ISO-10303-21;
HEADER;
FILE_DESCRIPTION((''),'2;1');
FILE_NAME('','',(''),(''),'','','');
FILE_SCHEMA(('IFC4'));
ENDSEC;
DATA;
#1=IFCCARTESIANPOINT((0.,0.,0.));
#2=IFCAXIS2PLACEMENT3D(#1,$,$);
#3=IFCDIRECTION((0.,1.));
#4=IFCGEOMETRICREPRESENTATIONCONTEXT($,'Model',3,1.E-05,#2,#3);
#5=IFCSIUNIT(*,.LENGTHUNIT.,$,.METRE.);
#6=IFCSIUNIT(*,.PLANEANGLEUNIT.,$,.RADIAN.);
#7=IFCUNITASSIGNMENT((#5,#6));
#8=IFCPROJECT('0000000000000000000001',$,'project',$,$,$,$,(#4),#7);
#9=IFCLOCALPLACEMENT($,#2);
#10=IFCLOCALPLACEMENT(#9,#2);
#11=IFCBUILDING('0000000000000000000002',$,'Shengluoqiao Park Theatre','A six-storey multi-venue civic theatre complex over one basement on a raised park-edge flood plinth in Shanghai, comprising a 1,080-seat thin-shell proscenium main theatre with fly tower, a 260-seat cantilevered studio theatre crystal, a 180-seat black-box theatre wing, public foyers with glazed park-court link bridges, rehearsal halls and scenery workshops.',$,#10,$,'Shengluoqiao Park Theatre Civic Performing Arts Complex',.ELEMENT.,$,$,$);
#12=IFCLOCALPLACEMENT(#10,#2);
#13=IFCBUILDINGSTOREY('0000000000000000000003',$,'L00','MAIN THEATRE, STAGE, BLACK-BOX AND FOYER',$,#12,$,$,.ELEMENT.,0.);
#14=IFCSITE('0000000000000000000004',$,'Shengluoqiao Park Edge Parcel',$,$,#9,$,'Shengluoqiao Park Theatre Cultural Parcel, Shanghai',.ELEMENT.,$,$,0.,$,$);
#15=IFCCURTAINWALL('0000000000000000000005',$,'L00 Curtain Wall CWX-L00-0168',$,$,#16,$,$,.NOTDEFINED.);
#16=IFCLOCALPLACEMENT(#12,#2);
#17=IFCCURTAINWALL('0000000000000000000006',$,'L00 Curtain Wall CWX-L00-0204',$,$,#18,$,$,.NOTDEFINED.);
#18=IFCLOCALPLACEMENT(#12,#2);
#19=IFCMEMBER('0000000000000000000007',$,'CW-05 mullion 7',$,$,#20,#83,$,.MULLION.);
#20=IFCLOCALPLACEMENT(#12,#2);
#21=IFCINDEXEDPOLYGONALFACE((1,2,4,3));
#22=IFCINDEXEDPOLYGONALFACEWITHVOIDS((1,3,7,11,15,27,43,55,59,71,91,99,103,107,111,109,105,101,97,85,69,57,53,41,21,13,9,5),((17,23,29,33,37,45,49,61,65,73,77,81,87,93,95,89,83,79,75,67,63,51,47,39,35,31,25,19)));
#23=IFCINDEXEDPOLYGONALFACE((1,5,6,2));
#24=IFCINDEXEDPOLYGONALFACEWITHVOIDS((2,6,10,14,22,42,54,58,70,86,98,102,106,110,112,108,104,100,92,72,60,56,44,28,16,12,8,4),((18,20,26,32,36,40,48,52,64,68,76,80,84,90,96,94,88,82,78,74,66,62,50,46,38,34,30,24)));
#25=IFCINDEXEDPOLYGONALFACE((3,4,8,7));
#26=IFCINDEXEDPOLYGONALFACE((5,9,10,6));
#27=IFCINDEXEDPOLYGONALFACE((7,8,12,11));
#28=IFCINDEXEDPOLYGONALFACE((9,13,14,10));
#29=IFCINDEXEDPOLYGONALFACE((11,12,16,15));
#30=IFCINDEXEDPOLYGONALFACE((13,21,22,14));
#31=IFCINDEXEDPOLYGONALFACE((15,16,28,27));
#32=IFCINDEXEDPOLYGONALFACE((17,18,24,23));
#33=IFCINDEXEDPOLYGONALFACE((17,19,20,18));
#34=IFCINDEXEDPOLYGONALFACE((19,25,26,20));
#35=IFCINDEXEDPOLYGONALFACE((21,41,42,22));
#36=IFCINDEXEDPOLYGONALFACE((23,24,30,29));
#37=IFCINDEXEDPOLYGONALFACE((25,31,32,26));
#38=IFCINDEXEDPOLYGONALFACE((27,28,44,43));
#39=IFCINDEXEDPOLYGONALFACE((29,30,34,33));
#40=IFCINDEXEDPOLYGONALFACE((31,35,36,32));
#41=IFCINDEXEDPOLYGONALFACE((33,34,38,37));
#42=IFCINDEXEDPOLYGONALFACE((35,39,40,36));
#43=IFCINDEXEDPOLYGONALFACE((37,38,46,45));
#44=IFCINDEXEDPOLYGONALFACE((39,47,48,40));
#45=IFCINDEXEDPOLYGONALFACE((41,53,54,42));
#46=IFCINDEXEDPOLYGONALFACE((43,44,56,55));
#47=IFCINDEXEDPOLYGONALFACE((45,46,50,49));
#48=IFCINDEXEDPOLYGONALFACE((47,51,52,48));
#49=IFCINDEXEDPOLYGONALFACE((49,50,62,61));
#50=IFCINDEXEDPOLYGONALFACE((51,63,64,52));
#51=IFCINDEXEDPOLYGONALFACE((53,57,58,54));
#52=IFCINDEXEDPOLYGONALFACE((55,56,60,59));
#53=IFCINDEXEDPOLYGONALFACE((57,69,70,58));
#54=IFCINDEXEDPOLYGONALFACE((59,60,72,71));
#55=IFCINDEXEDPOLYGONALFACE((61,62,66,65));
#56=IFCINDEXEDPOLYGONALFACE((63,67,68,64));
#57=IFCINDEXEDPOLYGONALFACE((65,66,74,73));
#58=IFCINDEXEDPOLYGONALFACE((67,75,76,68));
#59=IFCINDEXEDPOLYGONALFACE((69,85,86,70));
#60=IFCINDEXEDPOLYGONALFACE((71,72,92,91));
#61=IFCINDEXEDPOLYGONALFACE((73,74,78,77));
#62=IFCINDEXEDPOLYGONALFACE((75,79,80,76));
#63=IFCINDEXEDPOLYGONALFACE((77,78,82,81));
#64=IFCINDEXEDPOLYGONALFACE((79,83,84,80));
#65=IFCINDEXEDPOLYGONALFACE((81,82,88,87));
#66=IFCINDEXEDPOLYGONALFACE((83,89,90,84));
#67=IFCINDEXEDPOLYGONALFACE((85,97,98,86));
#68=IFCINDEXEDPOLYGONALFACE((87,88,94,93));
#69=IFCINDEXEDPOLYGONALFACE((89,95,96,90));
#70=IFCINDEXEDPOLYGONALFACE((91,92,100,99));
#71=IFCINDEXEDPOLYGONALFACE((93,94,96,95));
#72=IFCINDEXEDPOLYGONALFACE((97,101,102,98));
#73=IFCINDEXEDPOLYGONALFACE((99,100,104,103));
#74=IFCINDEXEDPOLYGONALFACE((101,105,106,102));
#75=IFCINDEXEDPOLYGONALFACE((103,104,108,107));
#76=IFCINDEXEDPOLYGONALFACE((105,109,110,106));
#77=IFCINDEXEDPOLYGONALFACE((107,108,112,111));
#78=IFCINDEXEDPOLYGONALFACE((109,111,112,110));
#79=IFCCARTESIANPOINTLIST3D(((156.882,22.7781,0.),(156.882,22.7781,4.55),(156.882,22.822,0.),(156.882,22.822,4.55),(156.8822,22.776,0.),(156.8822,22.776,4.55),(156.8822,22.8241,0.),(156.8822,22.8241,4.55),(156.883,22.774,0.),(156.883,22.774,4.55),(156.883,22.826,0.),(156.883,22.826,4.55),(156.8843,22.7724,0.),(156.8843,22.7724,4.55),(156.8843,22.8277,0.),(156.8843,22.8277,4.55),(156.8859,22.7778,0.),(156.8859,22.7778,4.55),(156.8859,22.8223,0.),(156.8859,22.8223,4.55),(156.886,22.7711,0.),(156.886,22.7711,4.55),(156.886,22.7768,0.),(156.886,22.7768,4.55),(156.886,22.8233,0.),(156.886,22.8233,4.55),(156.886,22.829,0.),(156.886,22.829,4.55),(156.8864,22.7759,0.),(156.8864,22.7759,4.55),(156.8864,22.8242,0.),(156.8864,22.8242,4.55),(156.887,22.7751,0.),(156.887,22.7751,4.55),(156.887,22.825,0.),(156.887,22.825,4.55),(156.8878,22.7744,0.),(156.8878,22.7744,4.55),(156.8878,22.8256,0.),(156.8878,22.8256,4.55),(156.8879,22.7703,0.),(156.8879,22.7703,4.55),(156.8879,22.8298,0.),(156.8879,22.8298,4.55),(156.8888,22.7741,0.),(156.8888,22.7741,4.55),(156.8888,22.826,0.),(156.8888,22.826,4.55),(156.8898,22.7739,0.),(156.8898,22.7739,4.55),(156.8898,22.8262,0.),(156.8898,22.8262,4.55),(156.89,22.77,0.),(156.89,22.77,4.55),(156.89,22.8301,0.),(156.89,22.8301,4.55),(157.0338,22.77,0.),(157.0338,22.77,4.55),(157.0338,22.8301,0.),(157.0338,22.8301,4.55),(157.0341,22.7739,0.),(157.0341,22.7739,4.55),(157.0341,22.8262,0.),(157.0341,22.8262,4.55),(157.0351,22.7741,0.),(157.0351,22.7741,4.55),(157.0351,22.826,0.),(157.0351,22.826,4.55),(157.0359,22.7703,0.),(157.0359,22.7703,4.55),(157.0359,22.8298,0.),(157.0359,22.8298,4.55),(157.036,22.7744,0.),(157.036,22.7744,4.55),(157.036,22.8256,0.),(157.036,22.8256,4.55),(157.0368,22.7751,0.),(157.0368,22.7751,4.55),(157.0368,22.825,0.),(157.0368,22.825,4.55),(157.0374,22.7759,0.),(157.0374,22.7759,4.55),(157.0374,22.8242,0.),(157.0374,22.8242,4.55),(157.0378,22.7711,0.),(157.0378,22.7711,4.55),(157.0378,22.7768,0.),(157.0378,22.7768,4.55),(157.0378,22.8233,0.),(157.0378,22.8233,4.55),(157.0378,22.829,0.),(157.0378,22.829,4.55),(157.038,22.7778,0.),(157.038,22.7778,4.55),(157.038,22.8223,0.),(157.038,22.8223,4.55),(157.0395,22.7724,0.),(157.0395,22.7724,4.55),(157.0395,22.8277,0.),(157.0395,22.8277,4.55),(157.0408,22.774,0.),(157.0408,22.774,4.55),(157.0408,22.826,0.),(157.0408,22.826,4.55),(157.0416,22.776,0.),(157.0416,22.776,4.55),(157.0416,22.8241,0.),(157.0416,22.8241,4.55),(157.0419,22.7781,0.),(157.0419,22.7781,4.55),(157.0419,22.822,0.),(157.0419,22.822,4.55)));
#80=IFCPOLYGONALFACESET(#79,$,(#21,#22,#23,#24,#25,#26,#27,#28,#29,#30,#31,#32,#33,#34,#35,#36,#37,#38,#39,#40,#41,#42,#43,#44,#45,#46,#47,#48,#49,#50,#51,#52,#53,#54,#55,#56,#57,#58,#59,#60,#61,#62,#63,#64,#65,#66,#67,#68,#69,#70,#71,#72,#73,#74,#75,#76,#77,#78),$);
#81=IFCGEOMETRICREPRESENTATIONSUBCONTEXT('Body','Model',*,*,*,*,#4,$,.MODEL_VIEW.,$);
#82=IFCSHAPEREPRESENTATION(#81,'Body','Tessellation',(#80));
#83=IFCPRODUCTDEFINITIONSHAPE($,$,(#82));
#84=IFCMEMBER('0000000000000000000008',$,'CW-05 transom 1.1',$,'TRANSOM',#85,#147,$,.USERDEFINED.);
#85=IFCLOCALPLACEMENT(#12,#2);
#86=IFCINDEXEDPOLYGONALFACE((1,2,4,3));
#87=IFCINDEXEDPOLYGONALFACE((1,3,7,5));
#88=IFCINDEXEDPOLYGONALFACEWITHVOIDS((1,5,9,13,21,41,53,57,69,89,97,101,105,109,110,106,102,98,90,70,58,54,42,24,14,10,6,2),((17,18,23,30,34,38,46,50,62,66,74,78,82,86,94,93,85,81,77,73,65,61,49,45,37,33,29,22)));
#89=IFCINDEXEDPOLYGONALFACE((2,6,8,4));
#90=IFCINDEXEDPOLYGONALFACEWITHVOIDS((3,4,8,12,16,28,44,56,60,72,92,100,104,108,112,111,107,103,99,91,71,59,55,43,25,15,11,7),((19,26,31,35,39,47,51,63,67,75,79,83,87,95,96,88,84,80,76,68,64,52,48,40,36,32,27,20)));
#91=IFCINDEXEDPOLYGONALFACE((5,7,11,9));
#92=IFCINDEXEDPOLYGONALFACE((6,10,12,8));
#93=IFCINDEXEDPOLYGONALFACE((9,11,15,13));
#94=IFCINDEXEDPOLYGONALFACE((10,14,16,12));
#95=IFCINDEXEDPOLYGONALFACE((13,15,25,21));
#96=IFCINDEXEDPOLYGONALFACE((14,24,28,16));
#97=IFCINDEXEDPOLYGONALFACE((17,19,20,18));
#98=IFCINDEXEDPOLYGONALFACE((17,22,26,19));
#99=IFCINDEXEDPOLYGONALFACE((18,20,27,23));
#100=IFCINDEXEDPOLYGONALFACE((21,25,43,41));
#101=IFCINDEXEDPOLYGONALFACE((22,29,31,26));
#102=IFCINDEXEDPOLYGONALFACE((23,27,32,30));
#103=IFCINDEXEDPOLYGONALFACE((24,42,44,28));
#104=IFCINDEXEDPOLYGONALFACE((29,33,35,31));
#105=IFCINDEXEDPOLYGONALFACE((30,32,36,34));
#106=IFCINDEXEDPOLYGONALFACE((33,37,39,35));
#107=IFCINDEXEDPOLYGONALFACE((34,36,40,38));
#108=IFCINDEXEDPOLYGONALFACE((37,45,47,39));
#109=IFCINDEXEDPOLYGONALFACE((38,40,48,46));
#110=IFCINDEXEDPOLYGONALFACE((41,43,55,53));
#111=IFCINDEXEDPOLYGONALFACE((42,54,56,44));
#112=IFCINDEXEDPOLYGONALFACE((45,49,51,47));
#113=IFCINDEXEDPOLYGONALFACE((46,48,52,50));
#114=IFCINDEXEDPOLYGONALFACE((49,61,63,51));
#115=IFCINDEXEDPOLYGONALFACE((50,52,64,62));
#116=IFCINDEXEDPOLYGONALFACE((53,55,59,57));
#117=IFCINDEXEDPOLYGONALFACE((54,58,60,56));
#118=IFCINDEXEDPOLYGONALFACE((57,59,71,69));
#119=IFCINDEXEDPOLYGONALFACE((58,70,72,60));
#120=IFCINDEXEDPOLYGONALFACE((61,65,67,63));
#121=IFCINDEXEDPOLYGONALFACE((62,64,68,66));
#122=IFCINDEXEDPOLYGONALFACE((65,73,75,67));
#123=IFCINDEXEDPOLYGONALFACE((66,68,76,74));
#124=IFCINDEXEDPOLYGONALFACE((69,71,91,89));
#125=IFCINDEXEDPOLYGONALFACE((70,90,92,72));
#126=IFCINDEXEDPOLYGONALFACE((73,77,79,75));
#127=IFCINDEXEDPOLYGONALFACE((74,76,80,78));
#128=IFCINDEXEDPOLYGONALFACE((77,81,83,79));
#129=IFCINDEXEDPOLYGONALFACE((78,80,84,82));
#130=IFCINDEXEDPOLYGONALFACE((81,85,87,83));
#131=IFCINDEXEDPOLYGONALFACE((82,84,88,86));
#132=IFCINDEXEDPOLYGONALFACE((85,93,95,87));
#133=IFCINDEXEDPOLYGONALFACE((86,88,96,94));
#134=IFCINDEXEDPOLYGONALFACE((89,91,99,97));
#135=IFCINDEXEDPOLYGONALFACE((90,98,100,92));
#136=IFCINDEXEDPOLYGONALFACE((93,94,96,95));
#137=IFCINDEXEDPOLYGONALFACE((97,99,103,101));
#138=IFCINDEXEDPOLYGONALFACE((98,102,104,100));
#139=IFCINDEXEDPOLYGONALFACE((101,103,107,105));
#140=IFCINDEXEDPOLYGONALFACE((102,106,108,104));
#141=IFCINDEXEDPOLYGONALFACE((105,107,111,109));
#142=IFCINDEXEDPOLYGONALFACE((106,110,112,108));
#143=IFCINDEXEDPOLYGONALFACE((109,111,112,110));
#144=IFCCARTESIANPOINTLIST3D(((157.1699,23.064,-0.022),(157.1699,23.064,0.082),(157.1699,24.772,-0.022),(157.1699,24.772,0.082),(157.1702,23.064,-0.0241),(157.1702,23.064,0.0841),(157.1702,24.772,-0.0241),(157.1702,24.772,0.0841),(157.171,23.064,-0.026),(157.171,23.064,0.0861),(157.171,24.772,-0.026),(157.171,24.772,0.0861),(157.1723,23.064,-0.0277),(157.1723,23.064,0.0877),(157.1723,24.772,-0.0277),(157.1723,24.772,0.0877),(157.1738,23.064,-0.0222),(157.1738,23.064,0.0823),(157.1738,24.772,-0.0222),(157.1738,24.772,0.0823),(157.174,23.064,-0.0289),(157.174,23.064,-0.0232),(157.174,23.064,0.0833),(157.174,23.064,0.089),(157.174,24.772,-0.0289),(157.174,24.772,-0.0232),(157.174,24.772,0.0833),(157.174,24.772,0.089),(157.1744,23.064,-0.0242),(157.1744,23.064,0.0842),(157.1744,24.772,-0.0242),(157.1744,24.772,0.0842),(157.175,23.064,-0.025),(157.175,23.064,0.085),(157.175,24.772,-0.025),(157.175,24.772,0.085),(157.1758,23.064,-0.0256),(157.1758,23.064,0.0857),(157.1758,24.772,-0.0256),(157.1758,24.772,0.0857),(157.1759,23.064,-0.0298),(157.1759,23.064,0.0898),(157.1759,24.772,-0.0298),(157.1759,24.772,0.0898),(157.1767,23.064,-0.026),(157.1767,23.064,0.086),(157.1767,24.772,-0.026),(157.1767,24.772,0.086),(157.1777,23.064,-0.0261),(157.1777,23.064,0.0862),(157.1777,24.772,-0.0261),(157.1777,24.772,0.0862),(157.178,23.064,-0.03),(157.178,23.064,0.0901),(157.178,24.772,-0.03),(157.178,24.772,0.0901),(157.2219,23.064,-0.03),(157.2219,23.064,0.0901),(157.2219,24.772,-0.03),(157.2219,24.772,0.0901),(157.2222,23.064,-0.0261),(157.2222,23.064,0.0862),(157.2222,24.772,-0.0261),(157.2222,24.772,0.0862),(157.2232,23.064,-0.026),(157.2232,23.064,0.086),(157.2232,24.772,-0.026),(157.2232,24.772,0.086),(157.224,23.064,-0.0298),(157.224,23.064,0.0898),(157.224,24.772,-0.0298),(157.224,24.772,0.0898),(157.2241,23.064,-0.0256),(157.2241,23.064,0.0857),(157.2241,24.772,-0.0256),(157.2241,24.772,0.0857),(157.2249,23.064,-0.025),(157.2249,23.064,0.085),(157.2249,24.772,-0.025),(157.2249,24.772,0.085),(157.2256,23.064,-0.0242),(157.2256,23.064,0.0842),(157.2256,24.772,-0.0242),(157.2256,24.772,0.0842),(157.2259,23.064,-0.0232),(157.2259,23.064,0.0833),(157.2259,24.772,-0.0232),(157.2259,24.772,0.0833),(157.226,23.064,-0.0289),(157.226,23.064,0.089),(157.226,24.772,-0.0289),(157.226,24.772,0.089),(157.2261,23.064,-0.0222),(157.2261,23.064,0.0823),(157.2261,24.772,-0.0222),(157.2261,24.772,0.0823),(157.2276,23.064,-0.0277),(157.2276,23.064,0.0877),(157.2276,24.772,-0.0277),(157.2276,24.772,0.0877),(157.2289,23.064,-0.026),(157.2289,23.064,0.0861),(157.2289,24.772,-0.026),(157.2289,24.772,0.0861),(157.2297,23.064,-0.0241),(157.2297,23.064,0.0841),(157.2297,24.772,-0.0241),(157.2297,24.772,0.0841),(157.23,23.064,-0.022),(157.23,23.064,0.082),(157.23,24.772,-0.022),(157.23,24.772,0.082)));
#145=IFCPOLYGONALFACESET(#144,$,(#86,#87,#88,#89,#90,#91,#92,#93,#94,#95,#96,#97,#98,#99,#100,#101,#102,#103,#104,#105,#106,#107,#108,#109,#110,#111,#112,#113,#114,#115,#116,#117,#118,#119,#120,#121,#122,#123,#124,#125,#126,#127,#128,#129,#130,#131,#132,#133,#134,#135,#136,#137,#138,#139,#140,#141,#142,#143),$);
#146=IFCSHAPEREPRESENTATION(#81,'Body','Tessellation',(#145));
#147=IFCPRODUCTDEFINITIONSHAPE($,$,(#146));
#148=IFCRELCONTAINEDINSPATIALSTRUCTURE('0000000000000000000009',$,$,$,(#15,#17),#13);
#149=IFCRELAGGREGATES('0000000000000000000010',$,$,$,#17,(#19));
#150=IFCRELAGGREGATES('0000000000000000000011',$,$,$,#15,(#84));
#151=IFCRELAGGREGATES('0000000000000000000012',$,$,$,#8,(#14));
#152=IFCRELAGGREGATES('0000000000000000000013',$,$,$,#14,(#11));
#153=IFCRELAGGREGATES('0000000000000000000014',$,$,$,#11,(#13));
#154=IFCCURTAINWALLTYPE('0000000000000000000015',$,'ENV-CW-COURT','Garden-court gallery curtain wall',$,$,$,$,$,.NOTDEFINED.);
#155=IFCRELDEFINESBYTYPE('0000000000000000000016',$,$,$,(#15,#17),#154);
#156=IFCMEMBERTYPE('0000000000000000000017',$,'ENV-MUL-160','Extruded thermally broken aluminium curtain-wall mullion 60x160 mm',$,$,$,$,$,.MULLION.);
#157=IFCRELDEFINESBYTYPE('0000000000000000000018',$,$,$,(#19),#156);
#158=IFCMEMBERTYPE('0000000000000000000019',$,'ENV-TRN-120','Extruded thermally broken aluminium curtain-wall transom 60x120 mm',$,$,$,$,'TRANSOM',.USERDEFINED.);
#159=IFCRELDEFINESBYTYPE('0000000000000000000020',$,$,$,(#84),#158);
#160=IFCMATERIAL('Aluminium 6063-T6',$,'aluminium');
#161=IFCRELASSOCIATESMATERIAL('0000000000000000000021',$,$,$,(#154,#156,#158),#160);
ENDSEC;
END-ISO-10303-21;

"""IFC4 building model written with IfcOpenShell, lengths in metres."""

from ifc_helpers import new_model, si_unit, direction, frame, origin, origin_2d, place, context, subcontext, project, spatial, hollow_rectangle, extrude, material, material_profile, profile_set, type_object, element, aggregate, save


model = new_model("IFC4")

# Units and contexts
model_context = context("Model", 3, precision=1e-05, world=origin(), true_north=direction((0.0, 1.0)))
body_context = subcontext(model_context, "Body", "Model", "MODEL_VIEW")
ifc_project = project(units=[si_unit("LENGTHUNIT", "METRE"), si_unit("PLANEANGLEUNIT", "RADIAN")], contexts=[model_context])

# Site, building, storey
site_placement = place(None, origin())
site = spatial("IfcSite", under=ifc_project, at=site_placement, Name="Shengluoqiao Park Edge Parcel", LongName="Shengluoqiao Park Theatre Cultural Parcel, Shanghai", CompositionType="ELEMENT", RefElevation=0.0)
building_placement = place(site_placement, origin())
building = spatial("IfcBuilding", under=site, at=building_placement, Name="Shengluoqiao Park Theatre", Description="A six-storey multi-venue civic theatre complex over one basement on a raised park-edge flood plinth in Shanghai, comprising a 1,080-seat thin-shell proscenium main theatre with fly tower, a 260-seat cantilevered studio theatre crystal, a 180-seat black-box theatre wing, public foyers with glazed park-court link bridges, rehearsal halls and scenery workshops.", LongName="Shengluoqiao Park Theatre Civic Performing Arts Complex", CompositionType="ELEMENT")
storey_placement = place(building_placement, origin())
storey = spatial("IfcBuildingStorey", under=building, at=storey_placement, Name="L00", Description="MAIN THEATRE, STAGE, BLACK-BOX AND FOYER", CompositionType="ELEMENT", Elevation=0.0)

# Curtain wall
ifc_material_1 = material(Name="Aluminium 6063-T6", Category="aluminium")
curtain_wall_type = type_object("IfcCurtainWallType", Name="ENV-CW-COURT", Description="Garden-court gallery curtain wall", PredefinedType="NOTDEFINED", material=ifc_material_1)
curtain_wall_1_placement = place(storey_placement, origin())
curtain_wall_1 = element("IfcCurtainWall", 1, at=curtain_wall_1_placement, inside=storey, type_object=curtain_wall_type, Name="L00 Curtain Wall CWX-L00-0168", PredefinedType="NOTDEFINED")
ifc_material_profile_1 = material_profile(ifc_material_1, hollow_rectangle(XDim=0.0601, YDim=0.1599, WallThickness=0.0039, InnerFilletRadius=0.0039, OuterFilletRadius=0.0081, at=origin_2d()), Name="ALU MULLION 160x60x4")
ifc_profile_set_1 = profile_set([ifc_material_profile_1], Name="Aluminium 6063-T6")
member_type_1 = type_object("IfcMemberType", Name="ENV-MUL-160", Description="Extruded thermally broken aluminium curtain-wall mullion 60x160 mm", PredefinedType="MULLION", material=ifc_profile_set_1)

# Curtain wall, member
curtain_wall_2_placement = place(storey_placement, origin())
curtain_wall_2 = element("IfcCurtainWall", 2, at=curtain_wall_2_placement, inside=storey, type_object=curtain_wall_type, Name="L00 Curtain Wall CWX-L00-0204", PredefinedType="NOTDEFINED")
member_1_placement = place(storey_placement, frame((156.9619, 22.8, 0.0), z_axis=(0.0, 0.0, 1.0), x_axis=(0.0, 1.0, 0.0)))
member_1 = element("IfcMember", 3, at=member_1_placement, type_object=member_type_1, Name="CW-05 mullion 7", PredefinedType="MULLION", context=body_context, shape_type="SweptSolid", body=[
    extrude(hollow_rectangle(XDim=0.0601, YDim=0.1599, WallThickness=0.0039, InnerFilletRadius=0.0039, OuterFilletRadius=0.0081, at=origin_2d()), origin(), (0.0, 0.0, 1.0), 4.55),
])
aggregate(curtain_wall_2, [member_1])

# Member
ifc_material_profile_2 = material_profile(ifc_material_1, hollow_rectangle(XDim=0.0601, YDim=0.1201, WallThickness=0.0039, InnerFilletRadius=0.0039, OuterFilletRadius=0.0081, at=origin_2d()), Name="ALU TRANSOM 120x60x4")
ifc_profile_set_2 = profile_set([ifc_material_profile_2], Name="Aluminium 6063-T6")
member_type_2 = type_object("IfcMemberType", Name="ENV-TRN-120", Description="Extruded thermally broken aluminium curtain-wall transom 60x120 mm", ElementType="TRANSOM", PredefinedType="USERDEFINED", material=ifc_profile_set_2)
member_2_placement = place(storey_placement, frame((157.2, 23.064, 0.03), z_axis=(0.0, 1.0, 0.0), x_axis=(-1.0, 0.0, 0.0)))
member_2 = element("IfcMember", 4, at=member_2_placement, type_object=member_type_2, Name="CW-05 transom 1.1", ObjectType="TRANSOM", PredefinedType="USERDEFINED", context=body_context, shape_type="SweptSolid", body=[
    extrude(hollow_rectangle(XDim=0.0601, YDim=0.1201, WallThickness=0.0039, InnerFilletRadius=0.0039, OuterFilletRadius=0.0081, at=origin_2d()), origin(), (0.0, 0.0, 1.0), 1.708),
])

aggregate(curtain_wall_1, [member_2])

save(model, "model.ifc")
